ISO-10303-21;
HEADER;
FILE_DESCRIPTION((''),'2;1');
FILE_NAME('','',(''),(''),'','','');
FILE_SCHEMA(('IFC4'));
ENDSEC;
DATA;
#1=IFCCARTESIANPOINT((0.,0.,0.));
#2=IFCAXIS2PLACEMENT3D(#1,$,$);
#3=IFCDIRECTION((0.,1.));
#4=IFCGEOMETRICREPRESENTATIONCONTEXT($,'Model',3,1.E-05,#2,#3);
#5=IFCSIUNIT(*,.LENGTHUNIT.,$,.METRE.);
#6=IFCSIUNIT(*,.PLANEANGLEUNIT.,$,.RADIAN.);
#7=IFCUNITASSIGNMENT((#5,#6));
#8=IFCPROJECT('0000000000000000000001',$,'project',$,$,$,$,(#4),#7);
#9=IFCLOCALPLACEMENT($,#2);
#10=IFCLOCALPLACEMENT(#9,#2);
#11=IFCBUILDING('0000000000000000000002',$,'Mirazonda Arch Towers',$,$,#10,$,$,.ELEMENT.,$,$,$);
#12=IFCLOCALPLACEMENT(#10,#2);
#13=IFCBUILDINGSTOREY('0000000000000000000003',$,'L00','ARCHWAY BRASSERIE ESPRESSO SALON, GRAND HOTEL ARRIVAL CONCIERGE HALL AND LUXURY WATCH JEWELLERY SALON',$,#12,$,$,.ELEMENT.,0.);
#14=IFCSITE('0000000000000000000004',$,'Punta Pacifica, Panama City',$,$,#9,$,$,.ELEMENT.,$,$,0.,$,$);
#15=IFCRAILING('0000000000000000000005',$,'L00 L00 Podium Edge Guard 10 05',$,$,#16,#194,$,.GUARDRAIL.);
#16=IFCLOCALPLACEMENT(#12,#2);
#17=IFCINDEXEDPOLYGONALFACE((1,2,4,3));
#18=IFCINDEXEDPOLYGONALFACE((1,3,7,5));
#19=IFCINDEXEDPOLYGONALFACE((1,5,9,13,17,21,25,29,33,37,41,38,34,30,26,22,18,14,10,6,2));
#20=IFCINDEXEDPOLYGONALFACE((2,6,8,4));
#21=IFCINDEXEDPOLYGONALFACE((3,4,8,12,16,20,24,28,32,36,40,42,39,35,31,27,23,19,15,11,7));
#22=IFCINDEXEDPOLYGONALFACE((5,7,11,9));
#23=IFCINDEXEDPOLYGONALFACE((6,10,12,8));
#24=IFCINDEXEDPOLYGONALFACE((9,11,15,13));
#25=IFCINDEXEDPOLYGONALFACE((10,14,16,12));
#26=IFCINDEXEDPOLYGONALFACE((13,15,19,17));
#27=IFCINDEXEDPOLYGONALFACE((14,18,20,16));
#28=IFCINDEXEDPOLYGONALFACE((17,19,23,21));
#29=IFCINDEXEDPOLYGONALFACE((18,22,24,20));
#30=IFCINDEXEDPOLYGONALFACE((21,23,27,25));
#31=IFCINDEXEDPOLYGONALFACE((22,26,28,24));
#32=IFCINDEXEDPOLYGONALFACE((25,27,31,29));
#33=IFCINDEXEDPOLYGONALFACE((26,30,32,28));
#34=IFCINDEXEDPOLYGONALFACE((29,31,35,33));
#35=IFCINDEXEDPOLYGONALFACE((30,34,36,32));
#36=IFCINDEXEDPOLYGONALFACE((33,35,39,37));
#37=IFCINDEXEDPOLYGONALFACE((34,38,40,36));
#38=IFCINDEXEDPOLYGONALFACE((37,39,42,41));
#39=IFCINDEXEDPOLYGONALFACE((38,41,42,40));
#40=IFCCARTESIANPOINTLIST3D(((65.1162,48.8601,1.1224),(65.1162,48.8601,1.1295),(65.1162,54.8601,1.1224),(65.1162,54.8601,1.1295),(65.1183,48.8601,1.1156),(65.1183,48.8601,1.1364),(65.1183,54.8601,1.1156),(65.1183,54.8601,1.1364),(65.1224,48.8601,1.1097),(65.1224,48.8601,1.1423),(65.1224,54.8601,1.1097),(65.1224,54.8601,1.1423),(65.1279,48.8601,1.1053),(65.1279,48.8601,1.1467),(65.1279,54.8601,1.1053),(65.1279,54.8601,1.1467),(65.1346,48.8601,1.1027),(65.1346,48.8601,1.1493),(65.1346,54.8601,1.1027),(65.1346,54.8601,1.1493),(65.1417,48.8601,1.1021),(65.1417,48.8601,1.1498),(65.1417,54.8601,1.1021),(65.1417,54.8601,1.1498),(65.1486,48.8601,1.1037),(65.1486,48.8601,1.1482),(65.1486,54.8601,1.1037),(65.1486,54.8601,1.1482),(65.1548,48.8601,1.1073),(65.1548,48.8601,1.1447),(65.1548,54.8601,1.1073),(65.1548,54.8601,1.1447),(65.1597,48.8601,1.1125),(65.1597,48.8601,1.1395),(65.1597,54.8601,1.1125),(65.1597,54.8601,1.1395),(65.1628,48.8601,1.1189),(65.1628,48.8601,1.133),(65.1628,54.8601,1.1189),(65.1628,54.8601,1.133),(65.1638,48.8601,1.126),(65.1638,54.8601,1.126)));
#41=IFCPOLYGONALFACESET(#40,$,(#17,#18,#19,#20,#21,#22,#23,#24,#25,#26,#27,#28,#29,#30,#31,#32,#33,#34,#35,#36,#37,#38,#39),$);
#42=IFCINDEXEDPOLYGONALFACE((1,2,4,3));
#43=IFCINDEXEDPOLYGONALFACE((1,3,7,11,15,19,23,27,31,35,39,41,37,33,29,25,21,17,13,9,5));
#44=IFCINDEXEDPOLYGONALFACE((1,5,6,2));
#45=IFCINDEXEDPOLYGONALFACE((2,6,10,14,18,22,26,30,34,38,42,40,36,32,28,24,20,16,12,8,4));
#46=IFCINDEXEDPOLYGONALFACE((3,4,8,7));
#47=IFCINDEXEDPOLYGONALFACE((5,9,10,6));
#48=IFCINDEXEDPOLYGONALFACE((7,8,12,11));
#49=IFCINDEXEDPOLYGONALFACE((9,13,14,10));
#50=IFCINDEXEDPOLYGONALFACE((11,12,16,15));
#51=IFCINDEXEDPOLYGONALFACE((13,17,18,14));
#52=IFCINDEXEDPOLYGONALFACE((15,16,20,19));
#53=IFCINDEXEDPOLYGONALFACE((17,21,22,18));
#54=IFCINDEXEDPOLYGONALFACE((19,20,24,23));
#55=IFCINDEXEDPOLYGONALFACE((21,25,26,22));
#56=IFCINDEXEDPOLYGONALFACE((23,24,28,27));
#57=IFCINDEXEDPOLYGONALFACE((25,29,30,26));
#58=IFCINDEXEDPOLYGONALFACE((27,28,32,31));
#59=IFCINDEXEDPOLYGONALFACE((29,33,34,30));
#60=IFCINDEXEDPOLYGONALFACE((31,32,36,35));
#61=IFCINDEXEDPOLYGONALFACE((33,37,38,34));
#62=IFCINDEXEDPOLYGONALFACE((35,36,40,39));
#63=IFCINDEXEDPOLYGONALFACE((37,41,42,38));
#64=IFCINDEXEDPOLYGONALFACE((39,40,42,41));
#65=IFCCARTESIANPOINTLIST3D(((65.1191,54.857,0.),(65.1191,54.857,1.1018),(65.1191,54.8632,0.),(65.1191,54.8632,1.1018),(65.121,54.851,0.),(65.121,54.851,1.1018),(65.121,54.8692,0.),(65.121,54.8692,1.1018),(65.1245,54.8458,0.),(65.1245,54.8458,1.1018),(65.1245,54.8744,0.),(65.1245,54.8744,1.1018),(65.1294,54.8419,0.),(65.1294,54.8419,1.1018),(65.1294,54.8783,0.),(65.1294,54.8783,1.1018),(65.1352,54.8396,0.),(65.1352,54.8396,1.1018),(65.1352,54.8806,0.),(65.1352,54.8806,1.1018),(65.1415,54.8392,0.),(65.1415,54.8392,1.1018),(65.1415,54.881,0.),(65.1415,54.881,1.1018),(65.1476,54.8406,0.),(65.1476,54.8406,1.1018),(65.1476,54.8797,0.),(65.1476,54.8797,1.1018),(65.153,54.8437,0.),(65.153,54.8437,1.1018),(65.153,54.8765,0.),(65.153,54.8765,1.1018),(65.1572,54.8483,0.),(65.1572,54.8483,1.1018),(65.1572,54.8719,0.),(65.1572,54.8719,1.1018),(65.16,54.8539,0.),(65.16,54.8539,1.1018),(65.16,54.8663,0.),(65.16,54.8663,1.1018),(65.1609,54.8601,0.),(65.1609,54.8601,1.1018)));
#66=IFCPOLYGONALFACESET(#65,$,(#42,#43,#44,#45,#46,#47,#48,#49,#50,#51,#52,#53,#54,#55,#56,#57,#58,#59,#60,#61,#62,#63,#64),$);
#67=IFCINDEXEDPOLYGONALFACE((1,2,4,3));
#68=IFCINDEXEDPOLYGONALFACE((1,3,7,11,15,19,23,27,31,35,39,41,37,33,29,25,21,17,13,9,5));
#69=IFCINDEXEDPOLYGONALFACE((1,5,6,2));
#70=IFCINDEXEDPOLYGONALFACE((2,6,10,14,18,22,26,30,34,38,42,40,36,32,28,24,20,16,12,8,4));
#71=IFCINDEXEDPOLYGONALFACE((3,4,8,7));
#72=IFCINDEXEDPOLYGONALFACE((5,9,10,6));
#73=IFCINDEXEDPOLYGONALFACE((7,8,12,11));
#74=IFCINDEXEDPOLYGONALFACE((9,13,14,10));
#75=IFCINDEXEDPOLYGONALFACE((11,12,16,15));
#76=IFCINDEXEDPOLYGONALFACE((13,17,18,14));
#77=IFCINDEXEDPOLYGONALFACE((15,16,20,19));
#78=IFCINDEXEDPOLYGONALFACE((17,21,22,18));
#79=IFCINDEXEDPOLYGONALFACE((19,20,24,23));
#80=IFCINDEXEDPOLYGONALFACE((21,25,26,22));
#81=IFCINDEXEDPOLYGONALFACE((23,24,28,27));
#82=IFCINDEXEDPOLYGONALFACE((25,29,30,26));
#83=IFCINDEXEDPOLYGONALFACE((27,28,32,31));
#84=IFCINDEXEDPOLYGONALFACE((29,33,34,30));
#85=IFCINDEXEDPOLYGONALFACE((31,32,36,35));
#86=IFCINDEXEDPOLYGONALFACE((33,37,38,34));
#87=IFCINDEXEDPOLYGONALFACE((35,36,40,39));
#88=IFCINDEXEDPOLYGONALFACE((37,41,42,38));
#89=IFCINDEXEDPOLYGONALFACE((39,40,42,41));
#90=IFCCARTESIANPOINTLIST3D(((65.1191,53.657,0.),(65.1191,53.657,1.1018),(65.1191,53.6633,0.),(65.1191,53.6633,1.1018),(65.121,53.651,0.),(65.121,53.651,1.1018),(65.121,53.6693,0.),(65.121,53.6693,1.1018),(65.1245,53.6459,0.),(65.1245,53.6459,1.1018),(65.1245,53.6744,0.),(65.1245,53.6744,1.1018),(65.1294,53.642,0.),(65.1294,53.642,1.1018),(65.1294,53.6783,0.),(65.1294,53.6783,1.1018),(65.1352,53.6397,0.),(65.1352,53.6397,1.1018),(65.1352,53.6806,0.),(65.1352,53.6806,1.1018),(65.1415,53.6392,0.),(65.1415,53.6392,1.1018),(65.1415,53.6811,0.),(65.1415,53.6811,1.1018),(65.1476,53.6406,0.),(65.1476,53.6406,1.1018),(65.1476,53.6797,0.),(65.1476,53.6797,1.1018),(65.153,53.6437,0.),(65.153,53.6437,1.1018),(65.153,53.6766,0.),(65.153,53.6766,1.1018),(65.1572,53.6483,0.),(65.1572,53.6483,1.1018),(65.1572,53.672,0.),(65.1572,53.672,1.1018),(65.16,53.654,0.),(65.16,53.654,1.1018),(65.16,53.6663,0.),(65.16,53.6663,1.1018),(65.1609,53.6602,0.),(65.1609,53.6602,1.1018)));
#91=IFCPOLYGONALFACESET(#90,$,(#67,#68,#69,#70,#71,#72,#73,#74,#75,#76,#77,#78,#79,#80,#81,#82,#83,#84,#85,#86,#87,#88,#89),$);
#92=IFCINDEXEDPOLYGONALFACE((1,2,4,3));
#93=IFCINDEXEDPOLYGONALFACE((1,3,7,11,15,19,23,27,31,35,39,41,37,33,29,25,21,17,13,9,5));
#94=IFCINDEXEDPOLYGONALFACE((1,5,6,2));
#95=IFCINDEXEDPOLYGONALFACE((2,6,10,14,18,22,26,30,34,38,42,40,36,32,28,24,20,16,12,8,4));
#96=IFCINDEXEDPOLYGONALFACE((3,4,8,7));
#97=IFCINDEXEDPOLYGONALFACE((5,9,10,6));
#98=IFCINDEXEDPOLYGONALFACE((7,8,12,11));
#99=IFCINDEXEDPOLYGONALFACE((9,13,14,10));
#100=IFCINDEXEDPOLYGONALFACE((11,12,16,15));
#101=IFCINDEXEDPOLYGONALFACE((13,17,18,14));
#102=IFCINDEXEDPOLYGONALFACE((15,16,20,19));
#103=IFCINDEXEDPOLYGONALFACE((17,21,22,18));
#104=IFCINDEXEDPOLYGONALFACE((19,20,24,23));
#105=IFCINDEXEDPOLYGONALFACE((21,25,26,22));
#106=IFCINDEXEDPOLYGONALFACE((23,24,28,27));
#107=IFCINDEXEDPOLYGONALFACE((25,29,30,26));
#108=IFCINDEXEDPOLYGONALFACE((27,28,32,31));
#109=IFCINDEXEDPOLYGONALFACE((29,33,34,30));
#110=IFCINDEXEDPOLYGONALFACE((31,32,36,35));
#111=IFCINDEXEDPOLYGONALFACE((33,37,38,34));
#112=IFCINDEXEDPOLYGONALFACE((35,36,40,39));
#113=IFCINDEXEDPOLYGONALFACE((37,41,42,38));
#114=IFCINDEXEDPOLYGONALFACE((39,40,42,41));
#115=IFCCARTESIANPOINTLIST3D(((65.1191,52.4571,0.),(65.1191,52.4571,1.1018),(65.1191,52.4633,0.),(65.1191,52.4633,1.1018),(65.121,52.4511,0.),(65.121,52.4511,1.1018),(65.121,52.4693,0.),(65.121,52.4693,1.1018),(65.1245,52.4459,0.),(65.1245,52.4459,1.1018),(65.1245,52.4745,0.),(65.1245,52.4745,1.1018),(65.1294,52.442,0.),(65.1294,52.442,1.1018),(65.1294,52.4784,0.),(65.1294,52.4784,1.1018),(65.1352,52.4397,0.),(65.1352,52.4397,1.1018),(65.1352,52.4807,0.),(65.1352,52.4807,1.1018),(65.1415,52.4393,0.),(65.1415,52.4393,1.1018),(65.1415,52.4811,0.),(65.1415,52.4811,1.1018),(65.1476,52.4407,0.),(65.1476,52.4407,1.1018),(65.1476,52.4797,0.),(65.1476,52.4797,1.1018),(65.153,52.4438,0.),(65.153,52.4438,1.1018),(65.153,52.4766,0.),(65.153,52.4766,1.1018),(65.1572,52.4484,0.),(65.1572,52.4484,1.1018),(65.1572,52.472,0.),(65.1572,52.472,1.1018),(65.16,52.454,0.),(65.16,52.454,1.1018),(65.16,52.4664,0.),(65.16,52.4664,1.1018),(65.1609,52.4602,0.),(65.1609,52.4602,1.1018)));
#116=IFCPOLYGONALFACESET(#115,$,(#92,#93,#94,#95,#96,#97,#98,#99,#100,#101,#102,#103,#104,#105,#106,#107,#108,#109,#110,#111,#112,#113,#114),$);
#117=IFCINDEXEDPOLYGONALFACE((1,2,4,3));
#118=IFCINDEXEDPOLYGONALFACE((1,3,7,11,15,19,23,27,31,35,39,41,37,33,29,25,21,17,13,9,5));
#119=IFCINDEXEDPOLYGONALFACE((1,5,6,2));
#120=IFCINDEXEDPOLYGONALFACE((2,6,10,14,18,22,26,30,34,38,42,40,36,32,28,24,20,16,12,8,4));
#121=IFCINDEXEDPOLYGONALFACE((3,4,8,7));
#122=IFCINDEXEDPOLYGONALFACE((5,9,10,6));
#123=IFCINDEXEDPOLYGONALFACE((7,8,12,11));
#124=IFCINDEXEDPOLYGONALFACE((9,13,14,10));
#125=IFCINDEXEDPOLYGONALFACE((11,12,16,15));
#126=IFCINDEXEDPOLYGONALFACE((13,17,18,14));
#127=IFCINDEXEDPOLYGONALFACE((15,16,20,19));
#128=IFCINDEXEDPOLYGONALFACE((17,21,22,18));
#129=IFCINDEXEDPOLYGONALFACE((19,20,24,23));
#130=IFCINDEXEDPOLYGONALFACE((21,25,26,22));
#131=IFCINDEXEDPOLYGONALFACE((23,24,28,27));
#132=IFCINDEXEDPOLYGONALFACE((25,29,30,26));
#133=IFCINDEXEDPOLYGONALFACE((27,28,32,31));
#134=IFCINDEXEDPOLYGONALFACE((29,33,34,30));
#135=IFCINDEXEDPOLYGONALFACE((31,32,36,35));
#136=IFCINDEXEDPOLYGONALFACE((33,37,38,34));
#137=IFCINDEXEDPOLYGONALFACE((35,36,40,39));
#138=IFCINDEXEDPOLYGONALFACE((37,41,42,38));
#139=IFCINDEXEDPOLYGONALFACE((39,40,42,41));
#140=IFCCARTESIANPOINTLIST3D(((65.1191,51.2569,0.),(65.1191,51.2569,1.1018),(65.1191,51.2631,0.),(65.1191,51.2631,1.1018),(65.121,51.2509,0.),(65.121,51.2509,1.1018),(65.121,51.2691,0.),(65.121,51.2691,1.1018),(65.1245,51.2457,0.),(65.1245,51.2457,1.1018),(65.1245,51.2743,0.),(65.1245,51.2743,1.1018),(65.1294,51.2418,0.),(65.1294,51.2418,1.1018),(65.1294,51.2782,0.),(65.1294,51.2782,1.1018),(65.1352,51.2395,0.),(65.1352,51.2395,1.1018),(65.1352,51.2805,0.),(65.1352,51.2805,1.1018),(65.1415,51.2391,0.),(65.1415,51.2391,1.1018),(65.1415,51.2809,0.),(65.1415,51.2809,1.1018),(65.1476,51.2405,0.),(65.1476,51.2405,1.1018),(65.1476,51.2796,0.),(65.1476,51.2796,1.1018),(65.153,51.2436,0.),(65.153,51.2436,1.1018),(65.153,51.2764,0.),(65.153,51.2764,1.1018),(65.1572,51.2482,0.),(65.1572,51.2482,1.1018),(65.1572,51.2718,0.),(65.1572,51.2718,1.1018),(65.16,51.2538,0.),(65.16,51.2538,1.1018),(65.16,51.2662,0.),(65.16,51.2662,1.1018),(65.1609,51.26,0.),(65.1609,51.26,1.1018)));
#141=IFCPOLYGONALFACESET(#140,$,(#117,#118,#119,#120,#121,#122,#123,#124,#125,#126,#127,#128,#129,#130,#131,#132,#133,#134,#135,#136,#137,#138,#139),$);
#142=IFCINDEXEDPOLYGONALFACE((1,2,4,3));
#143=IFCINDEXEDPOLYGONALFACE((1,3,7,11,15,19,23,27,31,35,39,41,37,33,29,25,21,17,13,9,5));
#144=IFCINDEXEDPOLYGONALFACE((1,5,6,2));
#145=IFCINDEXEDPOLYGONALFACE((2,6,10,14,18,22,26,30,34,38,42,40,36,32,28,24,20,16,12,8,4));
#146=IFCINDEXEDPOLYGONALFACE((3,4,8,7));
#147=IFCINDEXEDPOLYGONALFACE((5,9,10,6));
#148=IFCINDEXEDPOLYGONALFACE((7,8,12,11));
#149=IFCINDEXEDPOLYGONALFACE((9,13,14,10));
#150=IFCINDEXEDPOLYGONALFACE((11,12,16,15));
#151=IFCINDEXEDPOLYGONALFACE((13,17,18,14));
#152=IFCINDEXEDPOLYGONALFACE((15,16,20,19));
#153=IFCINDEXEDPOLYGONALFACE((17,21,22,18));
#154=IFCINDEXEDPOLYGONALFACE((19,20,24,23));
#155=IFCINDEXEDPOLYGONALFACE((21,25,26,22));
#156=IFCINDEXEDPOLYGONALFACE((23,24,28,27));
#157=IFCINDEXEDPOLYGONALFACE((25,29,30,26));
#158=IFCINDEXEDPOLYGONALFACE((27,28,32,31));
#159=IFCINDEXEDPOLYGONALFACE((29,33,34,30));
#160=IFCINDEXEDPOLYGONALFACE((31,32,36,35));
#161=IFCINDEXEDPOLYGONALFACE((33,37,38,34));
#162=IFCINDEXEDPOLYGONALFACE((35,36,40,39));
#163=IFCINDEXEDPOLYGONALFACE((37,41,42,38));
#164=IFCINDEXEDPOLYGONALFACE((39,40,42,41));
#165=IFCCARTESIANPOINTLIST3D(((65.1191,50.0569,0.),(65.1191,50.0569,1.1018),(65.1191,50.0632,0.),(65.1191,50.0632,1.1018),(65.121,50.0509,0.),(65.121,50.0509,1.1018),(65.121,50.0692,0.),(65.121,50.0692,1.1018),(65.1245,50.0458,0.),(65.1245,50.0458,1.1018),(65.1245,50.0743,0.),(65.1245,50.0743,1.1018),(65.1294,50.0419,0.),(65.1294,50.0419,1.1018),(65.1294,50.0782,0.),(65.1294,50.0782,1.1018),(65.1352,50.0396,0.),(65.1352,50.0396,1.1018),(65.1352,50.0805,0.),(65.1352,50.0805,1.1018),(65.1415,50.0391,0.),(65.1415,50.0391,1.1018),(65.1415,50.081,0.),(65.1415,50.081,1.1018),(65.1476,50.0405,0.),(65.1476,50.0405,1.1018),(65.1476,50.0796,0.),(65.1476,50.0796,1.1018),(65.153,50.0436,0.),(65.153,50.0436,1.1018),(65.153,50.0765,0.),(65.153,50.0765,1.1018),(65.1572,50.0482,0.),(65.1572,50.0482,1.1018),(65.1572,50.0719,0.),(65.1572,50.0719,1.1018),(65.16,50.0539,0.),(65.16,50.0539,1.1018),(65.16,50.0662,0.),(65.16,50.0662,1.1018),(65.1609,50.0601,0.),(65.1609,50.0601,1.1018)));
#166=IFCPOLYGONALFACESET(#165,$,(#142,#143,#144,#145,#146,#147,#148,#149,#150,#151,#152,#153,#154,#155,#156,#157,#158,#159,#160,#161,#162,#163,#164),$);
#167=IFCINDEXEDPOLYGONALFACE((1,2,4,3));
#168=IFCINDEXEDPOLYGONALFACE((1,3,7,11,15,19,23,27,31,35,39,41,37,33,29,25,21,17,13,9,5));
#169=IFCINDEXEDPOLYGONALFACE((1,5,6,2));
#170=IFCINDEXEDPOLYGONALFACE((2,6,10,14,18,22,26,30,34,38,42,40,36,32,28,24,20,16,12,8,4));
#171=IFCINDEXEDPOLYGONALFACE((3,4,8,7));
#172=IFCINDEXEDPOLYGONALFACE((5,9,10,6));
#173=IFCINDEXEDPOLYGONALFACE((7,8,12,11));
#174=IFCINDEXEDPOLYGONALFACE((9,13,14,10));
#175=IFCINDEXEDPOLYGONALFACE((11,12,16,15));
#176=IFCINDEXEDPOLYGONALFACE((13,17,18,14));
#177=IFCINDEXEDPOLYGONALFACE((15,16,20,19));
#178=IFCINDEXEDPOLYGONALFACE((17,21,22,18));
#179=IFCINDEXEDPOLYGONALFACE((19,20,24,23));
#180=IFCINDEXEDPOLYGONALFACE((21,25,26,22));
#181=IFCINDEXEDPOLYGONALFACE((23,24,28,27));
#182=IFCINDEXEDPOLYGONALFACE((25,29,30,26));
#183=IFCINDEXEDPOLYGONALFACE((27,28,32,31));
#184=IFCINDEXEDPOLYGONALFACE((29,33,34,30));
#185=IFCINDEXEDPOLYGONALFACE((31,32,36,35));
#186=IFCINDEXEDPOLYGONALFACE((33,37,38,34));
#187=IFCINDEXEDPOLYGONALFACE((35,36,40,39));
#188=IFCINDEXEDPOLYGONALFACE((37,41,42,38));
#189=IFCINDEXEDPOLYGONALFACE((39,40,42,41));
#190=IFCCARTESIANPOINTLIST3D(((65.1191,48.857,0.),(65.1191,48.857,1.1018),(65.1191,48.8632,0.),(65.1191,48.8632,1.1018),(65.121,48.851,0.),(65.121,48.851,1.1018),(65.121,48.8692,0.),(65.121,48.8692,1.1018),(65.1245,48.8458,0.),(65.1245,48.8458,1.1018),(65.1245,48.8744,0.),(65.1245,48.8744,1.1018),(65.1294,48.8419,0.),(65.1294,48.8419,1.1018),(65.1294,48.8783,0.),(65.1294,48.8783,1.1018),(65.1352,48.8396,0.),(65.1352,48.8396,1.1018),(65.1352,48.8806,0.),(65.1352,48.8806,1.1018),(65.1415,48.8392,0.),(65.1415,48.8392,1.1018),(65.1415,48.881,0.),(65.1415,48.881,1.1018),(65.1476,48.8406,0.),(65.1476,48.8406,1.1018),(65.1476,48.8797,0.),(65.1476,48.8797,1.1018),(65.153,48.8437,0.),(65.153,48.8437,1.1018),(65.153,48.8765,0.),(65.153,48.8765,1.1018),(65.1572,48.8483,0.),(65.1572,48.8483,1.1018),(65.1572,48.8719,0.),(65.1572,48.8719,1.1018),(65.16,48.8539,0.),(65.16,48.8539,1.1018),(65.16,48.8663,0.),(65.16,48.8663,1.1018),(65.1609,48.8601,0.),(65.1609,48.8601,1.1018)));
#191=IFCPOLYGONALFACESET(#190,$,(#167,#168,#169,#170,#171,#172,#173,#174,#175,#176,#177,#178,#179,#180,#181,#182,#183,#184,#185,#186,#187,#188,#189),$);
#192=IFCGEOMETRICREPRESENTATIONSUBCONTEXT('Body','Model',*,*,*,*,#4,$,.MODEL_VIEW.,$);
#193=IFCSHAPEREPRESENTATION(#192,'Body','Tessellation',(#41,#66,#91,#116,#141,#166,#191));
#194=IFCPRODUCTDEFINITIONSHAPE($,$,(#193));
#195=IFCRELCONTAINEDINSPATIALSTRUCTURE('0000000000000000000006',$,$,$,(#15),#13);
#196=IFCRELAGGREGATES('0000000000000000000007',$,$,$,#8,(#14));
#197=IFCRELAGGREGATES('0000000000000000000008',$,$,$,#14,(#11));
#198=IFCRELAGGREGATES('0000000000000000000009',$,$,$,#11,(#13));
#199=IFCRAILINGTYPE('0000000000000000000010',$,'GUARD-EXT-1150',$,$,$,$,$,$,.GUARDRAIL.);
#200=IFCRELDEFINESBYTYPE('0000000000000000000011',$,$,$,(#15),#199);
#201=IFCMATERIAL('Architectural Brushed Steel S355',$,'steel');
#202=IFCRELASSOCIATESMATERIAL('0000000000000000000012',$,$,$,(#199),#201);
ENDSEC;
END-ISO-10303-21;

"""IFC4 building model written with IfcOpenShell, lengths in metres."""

from ifc_helpers import new_model, si_unit, direction, frame, origin, origin_2d, place, context, subcontext, project, spatial, circle, extrude, material, type_object, element, save


model = new_model("IFC4")

# Units and contexts
model_context = context("Model", 3, precision=1e-05, world=origin(), true_north=direction((0.0, 1.0)))
body_context = subcontext(model_context, "Body", "Model", "MODEL_VIEW")
ifc_project = project(units=[si_unit("LENGTHUNIT", "METRE"), si_unit("PLANEANGLEUNIT", "RADIAN")], contexts=[model_context])

# Site, building, storey
site_placement = place(None, origin())
site = spatial("IfcSite", under=ifc_project, at=site_placement, Name="Punta Pacifica, Panama City", CompositionType="ELEMENT", RefElevation=0.0)
building_placement = place(site_placement, origin())
building = spatial("IfcBuilding", under=site, at=building_placement, Name="Mirazonda Arch Towers", CompositionType="ELEMENT")
storey_placement = place(building_placement, origin())
storey = spatial("IfcBuildingStorey", under=building, at=storey_placement, Name="L00", Description="ARCHWAY BRASSERIE ESPRESSO SALON, GRAND HOTEL ARRIVAL CONCIERGE HALL AND LUXURY WATCH JEWELLERY SALON", CompositionType="ELEMENT", Elevation=0.0)

# Shared definitions
ifc_material_1 = material(Name="Architectural Brushed Steel S355", Category="steel")

# Railing
railing_type = type_object("IfcRailingType", Name="GUARD-EXT-1150", PredefinedType="GUARDRAIL", material=ifc_material_1)
railing_1_placement = place(storey_placement, frame((65.1399, 54.8601, 0.0)))
element("IfcRailing", 1, at=railing_1_placement, inside=storey, type_object=railing_type, Name="L00 L00 Podium Edge Guard 10 05", PredefinedType="GUARDRAIL", context=body_context, shape_type="SweptSolid", body=[
    extrude(circle(Radius=0.0239, at=origin_2d()), frame((0.0, 0.0, 1.126), z_axis=(0.0, -1.0, 0.0), x_axis=(1.0, 0.0, 0.0)), (0.0, 0.0, 1.0), 6.0),
    extrude(circle(Radius=0.021, at=origin_2d()), origin(), (0.0, 0.0, 1.0), 1.1018),
    extrude(circle(Radius=0.021, at=origin_2d()), frame((0.0, -1.2, 0.0)), (0.0, 0.0, 1.0), 1.1018),
    extrude(circle(Radius=0.021, at=origin_2d()), frame((0.0, -2.3999, 0.0)), (0.0, 0.0, 1.0), 1.1018),
    extrude(circle(Radius=0.021, at=origin_2d()), frame((0.0, -3.6001, 0.0)), (0.0, 0.0, 1.0), 1.1018),
    extrude(circle(Radius=0.021, at=origin_2d()), frame((0.0, -4.8, 0.0)), (0.0, 0.0, 1.0), 1.1018),
    extrude(circle(Radius=0.021, at=origin_2d()), frame((0.0, -6.0, 0.0)), (0.0, 0.0, 1.0), 1.1018),
])

save(model, "model.ifc")
